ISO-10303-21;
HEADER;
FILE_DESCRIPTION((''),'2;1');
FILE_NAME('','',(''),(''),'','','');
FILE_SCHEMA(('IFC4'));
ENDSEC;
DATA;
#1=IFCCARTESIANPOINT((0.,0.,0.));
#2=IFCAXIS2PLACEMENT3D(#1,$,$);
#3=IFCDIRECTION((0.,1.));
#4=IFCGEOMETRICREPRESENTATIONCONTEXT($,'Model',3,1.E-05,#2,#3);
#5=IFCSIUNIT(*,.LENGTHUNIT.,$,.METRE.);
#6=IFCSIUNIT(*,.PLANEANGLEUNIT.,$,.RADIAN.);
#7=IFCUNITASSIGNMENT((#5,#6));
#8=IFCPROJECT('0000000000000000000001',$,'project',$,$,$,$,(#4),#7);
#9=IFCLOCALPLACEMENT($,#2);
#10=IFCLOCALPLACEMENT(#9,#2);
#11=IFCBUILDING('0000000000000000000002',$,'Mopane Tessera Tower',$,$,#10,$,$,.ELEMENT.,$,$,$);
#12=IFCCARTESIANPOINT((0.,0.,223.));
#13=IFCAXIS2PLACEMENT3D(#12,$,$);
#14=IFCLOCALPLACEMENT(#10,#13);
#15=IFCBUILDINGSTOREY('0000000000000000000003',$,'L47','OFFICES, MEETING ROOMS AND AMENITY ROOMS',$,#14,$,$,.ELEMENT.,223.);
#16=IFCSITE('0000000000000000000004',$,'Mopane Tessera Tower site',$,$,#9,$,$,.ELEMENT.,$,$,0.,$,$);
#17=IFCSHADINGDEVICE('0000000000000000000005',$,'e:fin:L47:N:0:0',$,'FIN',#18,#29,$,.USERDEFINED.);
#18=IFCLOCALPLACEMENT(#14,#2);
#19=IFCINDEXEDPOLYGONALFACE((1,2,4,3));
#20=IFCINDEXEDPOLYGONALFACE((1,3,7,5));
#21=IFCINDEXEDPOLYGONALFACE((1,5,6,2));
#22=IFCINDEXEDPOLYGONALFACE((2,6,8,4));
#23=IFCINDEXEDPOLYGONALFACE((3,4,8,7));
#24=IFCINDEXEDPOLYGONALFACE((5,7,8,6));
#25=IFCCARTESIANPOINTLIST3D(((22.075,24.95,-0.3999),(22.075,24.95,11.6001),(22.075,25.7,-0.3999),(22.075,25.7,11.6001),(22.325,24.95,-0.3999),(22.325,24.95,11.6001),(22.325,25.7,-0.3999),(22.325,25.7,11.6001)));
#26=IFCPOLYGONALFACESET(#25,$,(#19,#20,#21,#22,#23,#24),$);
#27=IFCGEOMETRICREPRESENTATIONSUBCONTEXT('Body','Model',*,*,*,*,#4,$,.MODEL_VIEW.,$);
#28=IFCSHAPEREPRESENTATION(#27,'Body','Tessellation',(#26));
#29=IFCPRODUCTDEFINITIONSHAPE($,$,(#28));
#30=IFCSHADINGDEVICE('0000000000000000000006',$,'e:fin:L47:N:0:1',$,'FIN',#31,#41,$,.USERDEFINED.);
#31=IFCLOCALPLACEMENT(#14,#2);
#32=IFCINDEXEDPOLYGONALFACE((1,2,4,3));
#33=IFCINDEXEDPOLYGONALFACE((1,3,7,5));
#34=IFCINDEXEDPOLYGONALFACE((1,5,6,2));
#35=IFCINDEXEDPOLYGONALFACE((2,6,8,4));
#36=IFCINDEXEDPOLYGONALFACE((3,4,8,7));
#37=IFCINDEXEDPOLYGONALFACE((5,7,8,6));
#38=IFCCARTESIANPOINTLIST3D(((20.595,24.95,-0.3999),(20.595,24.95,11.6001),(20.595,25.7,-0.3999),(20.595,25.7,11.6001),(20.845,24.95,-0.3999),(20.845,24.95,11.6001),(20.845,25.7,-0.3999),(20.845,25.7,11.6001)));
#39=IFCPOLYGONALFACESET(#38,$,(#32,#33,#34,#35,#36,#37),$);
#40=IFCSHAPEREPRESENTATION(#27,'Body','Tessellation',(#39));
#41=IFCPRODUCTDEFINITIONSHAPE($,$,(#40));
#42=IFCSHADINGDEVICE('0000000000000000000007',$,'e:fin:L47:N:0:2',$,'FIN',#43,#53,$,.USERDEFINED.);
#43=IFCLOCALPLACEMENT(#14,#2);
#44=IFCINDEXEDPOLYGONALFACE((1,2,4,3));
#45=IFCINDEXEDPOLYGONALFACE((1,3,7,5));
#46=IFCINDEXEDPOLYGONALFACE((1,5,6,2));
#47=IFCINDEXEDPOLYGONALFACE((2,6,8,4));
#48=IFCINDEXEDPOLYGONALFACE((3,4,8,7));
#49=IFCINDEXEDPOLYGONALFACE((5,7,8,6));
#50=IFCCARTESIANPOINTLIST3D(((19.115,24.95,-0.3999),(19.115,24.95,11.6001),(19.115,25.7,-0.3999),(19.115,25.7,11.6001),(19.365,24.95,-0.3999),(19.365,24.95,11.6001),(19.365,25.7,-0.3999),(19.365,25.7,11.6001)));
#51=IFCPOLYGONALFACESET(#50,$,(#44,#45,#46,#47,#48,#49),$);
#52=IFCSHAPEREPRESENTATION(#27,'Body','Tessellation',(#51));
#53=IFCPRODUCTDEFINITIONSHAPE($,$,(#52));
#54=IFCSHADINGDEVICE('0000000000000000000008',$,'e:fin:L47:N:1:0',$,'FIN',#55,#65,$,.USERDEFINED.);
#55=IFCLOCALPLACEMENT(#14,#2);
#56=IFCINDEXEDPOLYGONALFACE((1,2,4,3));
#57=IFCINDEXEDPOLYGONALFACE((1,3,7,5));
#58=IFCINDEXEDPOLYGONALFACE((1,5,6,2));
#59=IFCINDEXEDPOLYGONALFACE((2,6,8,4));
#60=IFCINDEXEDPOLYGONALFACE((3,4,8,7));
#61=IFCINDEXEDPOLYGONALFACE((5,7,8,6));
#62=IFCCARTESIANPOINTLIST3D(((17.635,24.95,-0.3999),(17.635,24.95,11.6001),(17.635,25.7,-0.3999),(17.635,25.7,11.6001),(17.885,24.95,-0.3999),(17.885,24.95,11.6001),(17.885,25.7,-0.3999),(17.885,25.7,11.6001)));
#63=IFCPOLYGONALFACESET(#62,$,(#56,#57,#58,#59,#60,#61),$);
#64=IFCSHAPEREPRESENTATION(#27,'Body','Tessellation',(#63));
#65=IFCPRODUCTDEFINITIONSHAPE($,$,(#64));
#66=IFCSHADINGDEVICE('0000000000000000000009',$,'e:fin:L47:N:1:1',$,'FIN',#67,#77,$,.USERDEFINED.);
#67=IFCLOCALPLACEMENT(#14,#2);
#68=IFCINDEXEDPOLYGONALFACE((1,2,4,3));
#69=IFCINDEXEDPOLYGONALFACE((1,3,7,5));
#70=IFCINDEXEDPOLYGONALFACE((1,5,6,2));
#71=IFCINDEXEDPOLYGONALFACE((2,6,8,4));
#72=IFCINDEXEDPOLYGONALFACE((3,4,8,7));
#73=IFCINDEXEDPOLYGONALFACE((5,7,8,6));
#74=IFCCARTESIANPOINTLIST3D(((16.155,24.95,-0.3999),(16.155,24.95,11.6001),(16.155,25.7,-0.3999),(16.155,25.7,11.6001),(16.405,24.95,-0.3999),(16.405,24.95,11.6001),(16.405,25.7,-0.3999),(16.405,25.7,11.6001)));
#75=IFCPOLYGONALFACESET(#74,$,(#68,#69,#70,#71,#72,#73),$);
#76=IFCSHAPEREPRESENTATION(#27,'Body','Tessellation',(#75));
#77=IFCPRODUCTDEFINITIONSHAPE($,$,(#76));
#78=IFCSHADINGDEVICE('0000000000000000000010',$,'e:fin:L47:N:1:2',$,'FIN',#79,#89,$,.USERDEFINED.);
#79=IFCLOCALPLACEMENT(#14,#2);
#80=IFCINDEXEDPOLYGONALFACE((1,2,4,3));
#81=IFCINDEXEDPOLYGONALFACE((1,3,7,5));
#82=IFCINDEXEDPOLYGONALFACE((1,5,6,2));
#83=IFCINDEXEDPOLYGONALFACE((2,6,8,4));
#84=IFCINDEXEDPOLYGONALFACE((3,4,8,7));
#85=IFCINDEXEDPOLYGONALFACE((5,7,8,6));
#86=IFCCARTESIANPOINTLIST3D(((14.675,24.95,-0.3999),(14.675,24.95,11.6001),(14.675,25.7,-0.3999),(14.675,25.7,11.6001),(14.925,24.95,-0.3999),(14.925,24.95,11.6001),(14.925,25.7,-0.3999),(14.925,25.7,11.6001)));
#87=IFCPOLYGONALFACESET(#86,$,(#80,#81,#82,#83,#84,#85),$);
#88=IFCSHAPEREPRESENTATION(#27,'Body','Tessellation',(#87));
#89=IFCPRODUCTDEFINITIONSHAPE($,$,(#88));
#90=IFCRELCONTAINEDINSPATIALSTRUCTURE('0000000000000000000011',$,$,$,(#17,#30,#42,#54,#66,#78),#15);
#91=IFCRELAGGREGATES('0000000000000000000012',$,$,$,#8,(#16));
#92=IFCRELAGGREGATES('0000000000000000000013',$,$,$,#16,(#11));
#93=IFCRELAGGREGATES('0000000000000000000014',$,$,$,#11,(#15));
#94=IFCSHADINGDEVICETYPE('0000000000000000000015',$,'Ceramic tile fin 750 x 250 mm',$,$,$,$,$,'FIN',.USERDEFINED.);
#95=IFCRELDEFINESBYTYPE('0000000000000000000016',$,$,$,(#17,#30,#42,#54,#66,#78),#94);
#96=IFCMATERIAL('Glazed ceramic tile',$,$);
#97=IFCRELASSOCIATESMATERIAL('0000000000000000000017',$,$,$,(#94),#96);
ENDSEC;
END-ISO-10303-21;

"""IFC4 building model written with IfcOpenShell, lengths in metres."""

from ifc_helpers import new_model, si_unit, direction, frame, origin, origin_2d, place, context, subcontext, project, spatial, rectangle, extrude, material, type_object, element, save


model = new_model("IFC4")

# Units and contexts
model_context = context("Model", 3, precision=1e-05, world=origin(), true_north=direction((0.0, 1.0)))
body_context = subcontext(model_context, "Body", "Model", "MODEL_VIEW")
ifc_project = project(units=[si_unit("LENGTHUNIT", "METRE"), si_unit("PLANEANGLEUNIT", "RADIAN")], contexts=[model_context])

# Site, building, storey
site_placement = place(None, origin())
site = spatial("IfcSite", under=ifc_project, at=site_placement, Name="Mopane Tessera Tower site", CompositionType="ELEMENT", RefElevation=0.0)
building_placement = place(site_placement, origin())
building = spatial("IfcBuilding", under=site, at=building_placement, Name="Mopane Tessera Tower", CompositionType="ELEMENT")
storey_placement = place(building_placement, frame((0.0, 0.0, 223.0)))
storey = spatial("IfcBuildingStorey", under=building, at=storey_placement, Name="L47", Description="OFFICES, MEETING ROOMS AND AMENITY ROOMS", CompositionType="ELEMENT", Elevation=223.0)

# Shading devices
ifc_material_1 = material(Name="Glazed ceramic tile")
shading_device_type = type_object("IfcShadingDeviceType", Name="Ceramic tile fin 750 x 250 mm", ElementType="FIN", PredefinedType="USERDEFINED", material=ifc_material_1)
for number, where, z_axis, x_axis, name in (
    (1, (22.2, 25.325, -0.3999), (0.0, 0.0, 1.0), (-1.0, 0.0, 0.0), "e:fin:L47:N:0:0"),
    (2, (20.72, 25.325, -0.3999), (0.0, 0.0, 1.0), (-1.0, 0.0, 0.0), "e:fin:L47:N:0:1"),
    (3, (19.24, 25.325, -0.3999), (0.0, 0.0, 1.0), (-1.0, 0.0, 0.0), "e:fin:L47:N:0:2"),
    (4, (17.76, 25.325, -0.3999), (0.0, 0.0, 1.0), (-1.0, 0.0, 0.0), "e:fin:L47:N:1:0"),
    (5, (16.28, 25.325, -0.3999), (0.0, 0.0, 1.0), (-1.0, 0.0, 0.0), "e:fin:L47:N:1:1"),
    (6, (14.8, 25.325, -0.3999), (0.0, 0.0, 1.0), (-1.0, 0.0, 0.0), "e:fin:L47:N:1:2"),
):
    element("IfcShadingDevice", number, at=place(storey_placement, frame(where, z_axis=z_axis, x_axis=x_axis)), inside=storey, type_object=shading_device_type, Name=name, ObjectType="FIN", PredefinedType="USERDEFINED", context=body_context, shape_type="SweptSolid", body=[
        extrude(rectangle(XDim=0.25, YDim=0.75, at=origin_2d()), origin(), (0.0, 0.0, 1.0), 12.0),
    ])

save(model, "model.ifc")
